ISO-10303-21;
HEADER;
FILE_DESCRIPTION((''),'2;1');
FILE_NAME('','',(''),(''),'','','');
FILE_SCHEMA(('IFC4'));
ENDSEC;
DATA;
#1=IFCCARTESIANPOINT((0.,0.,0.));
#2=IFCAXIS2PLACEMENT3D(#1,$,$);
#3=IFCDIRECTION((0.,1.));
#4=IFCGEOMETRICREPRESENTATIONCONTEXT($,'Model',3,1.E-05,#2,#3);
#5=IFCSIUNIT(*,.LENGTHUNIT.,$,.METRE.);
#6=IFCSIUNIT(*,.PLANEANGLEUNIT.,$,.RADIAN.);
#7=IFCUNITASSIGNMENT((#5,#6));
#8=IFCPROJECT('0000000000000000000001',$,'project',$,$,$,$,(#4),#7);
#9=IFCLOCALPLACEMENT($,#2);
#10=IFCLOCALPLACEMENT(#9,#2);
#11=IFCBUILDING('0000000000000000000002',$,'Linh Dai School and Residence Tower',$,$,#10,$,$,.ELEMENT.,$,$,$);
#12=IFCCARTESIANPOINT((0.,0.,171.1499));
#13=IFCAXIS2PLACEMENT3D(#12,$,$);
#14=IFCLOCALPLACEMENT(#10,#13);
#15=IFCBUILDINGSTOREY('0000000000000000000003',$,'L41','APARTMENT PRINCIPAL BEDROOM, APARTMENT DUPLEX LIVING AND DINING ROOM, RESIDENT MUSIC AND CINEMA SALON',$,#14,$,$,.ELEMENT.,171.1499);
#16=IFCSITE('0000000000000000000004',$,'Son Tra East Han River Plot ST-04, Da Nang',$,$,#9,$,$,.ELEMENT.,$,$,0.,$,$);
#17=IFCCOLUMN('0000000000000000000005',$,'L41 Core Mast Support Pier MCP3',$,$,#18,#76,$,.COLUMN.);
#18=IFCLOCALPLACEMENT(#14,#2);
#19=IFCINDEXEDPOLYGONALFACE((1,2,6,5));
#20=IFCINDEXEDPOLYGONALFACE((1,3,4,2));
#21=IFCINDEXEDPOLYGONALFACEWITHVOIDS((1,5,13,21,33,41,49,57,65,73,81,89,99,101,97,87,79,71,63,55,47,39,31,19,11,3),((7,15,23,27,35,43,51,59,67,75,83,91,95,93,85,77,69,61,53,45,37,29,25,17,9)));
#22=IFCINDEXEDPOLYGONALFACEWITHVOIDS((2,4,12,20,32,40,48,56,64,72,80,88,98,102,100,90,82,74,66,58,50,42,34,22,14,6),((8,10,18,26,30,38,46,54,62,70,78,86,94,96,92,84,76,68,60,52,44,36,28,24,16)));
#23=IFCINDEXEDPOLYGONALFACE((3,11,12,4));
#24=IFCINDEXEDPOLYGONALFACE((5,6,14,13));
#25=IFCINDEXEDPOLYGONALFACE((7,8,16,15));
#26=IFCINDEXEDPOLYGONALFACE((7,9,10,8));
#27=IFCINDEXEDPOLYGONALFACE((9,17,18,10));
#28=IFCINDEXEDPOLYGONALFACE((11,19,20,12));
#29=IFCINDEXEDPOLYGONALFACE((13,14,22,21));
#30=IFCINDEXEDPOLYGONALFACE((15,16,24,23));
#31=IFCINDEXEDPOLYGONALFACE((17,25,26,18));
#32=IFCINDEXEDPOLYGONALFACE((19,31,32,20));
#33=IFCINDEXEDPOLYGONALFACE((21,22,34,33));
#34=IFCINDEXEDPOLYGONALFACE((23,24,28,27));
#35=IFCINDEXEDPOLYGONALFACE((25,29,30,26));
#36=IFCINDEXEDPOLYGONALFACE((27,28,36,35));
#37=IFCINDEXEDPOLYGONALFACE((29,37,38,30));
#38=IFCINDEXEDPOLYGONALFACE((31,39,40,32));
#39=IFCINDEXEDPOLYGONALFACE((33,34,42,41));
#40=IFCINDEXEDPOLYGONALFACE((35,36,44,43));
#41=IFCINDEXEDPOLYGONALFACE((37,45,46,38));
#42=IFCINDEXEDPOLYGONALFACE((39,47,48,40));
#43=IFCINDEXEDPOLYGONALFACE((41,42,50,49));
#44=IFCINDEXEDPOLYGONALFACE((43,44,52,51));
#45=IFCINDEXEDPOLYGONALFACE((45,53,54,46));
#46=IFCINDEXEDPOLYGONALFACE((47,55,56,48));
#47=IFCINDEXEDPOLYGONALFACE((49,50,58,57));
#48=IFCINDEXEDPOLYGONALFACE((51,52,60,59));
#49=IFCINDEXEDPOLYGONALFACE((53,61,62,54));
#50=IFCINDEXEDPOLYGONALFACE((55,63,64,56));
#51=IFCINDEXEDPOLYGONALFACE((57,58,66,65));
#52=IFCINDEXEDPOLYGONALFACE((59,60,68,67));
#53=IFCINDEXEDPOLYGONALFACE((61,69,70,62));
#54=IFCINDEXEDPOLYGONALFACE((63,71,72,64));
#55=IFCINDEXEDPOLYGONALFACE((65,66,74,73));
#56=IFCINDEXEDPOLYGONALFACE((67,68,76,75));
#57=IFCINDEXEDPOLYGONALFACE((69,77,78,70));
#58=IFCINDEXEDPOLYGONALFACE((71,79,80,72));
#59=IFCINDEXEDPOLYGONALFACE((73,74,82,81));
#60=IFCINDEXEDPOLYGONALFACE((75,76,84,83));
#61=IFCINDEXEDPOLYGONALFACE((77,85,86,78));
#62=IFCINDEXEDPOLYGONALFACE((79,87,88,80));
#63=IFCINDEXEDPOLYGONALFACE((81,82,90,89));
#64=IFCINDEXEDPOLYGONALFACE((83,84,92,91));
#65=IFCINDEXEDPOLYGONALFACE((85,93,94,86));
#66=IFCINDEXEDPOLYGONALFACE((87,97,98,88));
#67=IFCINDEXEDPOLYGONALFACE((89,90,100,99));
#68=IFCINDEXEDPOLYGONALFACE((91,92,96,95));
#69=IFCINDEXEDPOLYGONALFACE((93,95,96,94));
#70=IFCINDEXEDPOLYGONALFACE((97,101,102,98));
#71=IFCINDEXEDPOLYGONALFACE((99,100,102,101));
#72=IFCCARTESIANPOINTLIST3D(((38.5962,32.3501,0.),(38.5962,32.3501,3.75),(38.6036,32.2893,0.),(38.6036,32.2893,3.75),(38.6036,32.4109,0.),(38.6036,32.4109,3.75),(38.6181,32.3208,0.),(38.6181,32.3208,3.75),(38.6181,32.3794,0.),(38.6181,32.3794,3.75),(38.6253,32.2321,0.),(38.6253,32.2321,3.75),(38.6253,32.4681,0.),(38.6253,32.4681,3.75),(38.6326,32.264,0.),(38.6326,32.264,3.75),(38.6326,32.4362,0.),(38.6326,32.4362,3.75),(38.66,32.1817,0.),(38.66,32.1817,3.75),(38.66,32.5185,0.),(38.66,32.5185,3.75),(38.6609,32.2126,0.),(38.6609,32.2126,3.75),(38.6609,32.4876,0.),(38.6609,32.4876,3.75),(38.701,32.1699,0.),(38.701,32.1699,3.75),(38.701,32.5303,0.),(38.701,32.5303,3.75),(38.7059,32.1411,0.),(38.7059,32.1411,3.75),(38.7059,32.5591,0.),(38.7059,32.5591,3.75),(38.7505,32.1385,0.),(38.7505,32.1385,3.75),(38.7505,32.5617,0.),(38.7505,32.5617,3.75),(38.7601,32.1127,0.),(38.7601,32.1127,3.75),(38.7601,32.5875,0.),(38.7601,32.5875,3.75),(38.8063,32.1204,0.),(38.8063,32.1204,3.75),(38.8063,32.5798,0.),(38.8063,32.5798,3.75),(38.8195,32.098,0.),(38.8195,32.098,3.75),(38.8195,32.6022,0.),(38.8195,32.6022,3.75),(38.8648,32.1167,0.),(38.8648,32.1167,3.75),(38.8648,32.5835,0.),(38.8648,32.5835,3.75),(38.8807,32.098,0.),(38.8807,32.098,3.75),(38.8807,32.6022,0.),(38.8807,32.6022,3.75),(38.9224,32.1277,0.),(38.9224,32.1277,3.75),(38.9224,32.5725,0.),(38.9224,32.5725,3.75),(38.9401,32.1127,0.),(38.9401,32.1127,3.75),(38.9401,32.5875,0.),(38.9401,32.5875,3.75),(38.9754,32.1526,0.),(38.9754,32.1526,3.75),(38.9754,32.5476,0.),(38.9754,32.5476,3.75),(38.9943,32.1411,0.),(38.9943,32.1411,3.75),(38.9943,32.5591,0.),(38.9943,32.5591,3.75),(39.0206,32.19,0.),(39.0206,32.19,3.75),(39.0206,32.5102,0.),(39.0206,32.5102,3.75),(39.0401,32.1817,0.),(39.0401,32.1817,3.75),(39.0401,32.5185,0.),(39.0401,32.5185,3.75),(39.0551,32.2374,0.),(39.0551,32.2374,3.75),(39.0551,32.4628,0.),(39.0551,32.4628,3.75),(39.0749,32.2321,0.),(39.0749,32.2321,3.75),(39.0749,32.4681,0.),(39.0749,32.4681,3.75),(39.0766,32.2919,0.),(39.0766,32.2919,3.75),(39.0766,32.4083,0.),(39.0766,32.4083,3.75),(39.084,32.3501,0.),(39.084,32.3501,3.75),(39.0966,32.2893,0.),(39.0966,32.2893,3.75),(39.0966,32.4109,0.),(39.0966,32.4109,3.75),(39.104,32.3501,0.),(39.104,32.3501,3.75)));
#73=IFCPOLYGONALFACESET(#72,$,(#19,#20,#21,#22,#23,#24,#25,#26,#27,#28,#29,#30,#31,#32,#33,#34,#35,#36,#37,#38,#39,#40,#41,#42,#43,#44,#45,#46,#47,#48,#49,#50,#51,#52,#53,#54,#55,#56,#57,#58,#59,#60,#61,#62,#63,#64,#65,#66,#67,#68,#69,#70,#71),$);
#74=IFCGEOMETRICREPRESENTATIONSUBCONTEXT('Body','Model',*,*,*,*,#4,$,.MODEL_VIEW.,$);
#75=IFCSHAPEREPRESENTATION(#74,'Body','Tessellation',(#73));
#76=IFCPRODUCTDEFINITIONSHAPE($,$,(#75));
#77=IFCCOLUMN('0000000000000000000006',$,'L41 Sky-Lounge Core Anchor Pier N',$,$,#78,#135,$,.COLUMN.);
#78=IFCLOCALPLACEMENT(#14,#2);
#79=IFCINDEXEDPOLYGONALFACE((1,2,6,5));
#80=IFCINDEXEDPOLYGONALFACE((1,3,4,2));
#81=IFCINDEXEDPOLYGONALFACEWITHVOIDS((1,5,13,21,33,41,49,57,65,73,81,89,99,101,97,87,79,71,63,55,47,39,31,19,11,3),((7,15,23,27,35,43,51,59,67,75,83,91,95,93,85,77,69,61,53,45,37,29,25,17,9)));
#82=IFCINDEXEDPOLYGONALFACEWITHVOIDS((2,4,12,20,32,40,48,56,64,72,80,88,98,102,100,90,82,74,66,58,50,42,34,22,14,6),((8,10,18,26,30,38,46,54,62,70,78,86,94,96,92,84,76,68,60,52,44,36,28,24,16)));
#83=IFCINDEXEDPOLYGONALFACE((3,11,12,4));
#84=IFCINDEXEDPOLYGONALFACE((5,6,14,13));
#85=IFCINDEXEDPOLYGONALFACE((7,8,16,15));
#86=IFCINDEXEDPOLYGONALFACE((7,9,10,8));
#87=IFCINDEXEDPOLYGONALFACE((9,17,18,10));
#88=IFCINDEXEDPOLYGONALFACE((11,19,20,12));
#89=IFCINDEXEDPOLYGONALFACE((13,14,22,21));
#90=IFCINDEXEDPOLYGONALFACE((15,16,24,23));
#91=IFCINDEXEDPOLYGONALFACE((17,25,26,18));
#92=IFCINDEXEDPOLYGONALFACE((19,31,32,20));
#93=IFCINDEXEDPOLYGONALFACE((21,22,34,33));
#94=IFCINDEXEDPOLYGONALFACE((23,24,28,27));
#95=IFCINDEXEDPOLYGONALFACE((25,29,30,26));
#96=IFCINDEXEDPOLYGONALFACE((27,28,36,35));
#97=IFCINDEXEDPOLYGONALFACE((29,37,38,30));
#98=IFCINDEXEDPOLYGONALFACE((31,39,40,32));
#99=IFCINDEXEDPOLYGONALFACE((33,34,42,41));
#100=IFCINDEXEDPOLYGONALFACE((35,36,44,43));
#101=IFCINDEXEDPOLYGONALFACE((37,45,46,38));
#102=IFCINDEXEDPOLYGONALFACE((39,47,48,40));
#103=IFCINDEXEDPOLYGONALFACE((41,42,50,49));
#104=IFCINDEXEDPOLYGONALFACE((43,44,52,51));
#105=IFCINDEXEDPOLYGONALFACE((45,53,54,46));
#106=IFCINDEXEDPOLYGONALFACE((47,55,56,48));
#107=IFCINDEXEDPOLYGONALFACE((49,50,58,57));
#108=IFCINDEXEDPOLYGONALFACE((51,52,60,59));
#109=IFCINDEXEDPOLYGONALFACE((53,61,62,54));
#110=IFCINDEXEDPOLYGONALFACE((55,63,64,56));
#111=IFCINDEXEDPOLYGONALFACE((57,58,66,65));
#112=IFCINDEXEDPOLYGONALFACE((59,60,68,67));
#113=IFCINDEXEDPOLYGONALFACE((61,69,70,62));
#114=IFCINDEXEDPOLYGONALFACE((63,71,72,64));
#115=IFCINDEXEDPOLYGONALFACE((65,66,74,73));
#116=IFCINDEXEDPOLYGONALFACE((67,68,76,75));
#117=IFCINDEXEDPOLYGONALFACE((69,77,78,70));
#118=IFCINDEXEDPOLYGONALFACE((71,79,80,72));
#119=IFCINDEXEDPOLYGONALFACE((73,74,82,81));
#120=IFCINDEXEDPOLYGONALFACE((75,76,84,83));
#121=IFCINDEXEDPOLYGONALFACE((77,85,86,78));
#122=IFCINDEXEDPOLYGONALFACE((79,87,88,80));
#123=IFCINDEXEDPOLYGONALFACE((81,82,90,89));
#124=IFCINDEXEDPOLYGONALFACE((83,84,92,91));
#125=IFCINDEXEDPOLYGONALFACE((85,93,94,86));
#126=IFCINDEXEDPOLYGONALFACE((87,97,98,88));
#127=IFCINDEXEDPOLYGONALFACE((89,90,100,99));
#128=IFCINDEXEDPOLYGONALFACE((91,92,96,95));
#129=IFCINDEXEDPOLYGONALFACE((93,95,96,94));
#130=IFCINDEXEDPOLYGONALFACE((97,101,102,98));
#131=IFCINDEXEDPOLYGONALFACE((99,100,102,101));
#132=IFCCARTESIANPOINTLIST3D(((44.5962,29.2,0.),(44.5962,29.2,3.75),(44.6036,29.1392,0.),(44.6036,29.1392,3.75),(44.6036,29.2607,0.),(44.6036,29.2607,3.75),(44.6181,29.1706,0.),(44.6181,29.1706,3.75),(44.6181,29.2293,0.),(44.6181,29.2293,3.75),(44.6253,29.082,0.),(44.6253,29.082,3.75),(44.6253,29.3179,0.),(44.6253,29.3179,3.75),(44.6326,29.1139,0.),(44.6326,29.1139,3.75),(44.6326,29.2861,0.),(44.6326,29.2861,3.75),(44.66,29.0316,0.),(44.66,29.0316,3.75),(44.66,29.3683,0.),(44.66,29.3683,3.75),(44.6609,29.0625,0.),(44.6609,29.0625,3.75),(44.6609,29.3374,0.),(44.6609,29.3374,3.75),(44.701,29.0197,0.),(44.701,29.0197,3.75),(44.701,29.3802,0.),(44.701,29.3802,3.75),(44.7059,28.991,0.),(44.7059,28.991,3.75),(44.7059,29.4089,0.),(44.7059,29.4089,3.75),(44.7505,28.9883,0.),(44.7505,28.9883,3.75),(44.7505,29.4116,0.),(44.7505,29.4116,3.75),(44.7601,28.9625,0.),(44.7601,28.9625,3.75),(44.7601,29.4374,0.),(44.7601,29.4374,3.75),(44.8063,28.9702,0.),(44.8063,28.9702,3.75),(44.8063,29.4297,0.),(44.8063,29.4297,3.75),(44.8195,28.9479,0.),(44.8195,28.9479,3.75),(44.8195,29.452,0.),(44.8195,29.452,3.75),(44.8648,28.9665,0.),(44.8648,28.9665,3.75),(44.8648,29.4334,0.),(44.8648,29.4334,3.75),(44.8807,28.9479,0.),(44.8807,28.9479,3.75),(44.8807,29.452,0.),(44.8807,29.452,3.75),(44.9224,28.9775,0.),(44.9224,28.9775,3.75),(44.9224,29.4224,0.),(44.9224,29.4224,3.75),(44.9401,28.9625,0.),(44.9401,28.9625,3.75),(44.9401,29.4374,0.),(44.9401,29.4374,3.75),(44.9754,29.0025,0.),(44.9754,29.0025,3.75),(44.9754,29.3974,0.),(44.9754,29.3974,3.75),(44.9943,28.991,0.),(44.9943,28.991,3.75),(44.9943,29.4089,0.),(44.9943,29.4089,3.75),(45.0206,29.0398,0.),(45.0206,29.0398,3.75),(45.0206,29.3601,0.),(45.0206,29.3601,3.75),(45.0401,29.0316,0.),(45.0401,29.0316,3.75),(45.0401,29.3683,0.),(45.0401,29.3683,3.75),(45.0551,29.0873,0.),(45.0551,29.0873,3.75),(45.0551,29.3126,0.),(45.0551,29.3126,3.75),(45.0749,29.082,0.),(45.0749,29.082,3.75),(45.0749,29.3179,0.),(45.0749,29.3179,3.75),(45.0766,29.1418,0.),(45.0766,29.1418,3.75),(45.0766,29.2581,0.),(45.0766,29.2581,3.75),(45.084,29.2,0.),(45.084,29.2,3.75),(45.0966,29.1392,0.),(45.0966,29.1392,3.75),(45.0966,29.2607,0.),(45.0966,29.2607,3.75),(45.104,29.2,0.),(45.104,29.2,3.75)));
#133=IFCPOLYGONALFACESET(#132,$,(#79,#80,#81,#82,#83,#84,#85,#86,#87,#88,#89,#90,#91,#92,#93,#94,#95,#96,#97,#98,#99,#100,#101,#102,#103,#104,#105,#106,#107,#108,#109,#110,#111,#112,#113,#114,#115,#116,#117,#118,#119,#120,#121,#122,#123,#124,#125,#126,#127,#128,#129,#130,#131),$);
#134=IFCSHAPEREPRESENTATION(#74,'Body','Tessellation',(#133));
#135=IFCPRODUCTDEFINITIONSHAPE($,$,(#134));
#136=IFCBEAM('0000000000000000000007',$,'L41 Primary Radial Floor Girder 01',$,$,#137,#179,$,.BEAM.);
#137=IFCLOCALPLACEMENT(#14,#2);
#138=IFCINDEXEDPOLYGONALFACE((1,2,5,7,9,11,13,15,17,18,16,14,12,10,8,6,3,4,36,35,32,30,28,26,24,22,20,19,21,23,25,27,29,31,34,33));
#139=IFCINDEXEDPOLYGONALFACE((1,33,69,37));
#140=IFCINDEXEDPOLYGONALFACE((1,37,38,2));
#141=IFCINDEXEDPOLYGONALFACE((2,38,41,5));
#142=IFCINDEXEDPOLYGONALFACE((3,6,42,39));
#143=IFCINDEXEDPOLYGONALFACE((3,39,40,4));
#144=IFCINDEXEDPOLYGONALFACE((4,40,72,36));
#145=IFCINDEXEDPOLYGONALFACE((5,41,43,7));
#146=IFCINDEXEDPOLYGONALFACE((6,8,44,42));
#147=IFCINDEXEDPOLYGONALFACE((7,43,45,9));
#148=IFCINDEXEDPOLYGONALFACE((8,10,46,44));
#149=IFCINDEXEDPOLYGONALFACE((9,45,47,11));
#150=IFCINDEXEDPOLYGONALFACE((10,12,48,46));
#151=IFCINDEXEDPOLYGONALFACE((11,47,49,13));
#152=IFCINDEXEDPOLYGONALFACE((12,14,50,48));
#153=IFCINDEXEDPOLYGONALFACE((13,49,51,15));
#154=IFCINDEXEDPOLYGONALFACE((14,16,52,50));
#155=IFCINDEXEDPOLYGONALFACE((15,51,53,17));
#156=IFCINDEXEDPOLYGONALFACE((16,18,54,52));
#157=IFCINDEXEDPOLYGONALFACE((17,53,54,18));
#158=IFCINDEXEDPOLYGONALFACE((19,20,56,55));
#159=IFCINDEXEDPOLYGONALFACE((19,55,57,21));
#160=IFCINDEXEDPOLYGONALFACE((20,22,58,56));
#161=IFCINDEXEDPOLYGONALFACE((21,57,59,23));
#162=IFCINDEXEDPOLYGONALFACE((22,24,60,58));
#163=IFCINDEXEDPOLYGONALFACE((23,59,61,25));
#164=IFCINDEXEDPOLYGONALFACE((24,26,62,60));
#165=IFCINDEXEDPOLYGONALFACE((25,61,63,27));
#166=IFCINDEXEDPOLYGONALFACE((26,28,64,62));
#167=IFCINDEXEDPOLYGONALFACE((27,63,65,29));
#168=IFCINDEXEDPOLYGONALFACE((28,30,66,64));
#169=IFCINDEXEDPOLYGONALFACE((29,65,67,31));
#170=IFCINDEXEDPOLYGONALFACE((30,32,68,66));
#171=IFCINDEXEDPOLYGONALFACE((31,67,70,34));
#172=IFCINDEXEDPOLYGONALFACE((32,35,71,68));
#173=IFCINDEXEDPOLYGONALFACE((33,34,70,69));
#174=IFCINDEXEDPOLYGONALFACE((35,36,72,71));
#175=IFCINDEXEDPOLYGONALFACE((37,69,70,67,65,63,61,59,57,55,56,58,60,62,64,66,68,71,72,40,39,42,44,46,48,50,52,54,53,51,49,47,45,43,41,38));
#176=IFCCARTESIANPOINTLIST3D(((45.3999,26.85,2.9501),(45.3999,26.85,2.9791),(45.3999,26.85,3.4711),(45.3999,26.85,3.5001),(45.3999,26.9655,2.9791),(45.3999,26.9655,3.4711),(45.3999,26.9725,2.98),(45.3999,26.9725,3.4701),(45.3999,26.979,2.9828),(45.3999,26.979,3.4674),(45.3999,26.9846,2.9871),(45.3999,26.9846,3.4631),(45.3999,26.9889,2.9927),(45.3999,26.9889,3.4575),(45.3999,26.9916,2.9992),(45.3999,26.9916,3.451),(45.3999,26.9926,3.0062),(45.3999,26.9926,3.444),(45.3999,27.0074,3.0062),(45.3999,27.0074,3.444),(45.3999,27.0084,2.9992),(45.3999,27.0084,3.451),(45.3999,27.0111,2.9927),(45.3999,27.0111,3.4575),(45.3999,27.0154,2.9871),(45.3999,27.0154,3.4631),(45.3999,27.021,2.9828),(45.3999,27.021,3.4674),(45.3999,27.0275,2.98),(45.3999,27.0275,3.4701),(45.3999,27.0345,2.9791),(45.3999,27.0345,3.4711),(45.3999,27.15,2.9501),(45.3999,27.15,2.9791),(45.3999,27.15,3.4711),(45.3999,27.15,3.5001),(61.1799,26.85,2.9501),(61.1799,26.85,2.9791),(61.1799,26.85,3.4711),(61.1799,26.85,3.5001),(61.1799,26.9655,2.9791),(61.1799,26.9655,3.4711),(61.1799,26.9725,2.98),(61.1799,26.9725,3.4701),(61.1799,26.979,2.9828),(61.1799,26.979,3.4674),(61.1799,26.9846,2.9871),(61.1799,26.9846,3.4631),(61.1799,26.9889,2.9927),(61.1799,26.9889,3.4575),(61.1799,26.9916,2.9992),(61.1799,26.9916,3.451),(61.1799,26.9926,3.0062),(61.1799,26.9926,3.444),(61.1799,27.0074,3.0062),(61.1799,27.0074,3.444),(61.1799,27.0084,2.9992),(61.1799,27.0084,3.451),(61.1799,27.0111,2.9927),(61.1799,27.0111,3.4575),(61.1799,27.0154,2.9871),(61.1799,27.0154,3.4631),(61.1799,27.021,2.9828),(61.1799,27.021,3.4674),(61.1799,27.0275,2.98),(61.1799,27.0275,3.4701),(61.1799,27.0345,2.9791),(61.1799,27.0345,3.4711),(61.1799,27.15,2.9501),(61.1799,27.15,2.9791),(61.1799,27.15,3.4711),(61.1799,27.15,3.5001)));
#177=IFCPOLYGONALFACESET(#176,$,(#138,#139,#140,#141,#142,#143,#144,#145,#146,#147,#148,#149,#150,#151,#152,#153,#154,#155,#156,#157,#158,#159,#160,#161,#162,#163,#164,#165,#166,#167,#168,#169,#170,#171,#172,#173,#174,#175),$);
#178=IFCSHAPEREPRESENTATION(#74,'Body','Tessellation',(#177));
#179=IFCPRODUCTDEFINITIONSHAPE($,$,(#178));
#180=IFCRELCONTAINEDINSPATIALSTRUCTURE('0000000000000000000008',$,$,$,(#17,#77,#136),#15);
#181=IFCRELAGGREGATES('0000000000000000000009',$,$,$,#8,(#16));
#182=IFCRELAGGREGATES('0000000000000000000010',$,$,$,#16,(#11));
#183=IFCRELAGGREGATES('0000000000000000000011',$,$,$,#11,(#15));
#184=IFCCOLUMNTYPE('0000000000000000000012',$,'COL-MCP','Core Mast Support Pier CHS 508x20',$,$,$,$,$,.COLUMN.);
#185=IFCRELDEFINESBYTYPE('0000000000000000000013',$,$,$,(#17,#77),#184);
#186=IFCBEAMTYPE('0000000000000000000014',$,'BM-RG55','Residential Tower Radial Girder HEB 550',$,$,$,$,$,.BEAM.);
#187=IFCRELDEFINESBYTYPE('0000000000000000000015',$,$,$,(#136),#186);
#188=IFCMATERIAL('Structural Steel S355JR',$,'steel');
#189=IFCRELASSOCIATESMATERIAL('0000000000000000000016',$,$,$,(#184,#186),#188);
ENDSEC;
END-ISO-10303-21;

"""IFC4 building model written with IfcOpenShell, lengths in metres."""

from ifc_helpers import new_model, si_unit, direction, frame, origin, origin_2d, place, context, subcontext, project, spatial, hollow_circle, i_section, extrude, material, material_profile, profile_set, type_object, element, save


model = new_model("IFC4")

# Units and contexts
model_context = context("Model", 3, precision=1e-05, world=origin(), true_north=direction((0.0, 1.0)))
body_context = subcontext(model_context, "Body", "Model", "MODEL_VIEW")
ifc_project = project(units=[si_unit("LENGTHUNIT", "METRE"), si_unit("PLANEANGLEUNIT", "RADIAN")], contexts=[model_context])

# Site, building, storey
site_placement = place(None, origin())
site = spatial("IfcSite", under=ifc_project, at=site_placement, Name="Son Tra East Han River Plot ST-04, Da Nang", CompositionType="ELEMENT", RefElevation=0.0)
building_placement = place(site_placement, origin())
building = spatial("IfcBuilding", under=site, at=building_placement, Name="Linh Dai School and Residence Tower", CompositionType="ELEMENT")
storey_placement = place(building_placement, frame((0.0, 0.0, 171.1499)))
storey = spatial("IfcBuildingStorey", under=building, at=storey_placement, Name="L41", Description="APARTMENT PRINCIPAL BEDROOM, APARTMENT DUPLEX LIVING AND DINING ROOM, RESIDENT MUSIC AND CINEMA SALON", CompositionType="ELEMENT", Elevation=171.1499)

# Columns
ifc_material_1 = material(Name="Structural Steel S355JR", Category="steel")
ifc_material_profile_1 = material_profile(ifc_material_1, hollow_circle(Radius=0.2539, WallThickness=0.02, at=origin_2d()), Name="CHS 508x20")
ifc_profile_set_1 = profile_set([ifc_material_profile_1], Name="Structural Steel S355JR")
column_type_1 = type_object("IfcColumnType", Name="COL-MCP", Description="Core Mast Support Pier CHS 508x20", PredefinedType="COLUMN", material=ifc_profile_set_1)
for number, where, z_axis, x_axis, name in (
    (1, (38.8501, 32.3501, 0.0), (0.0, 0.0, 1.0), (1.0, 0.0, 0.0), "L41 Core Mast Support Pier MCP3"),
    (2, (44.8501, 29.2, 0.0), (0.0, 0.0, 1.0), (1.0, 0.0, 0.0), "L41 Sky-Lounge Core Anchor Pier N"),
):
    element("IfcColumn", number, at=place(storey_placement, frame(where, z_axis=z_axis, x_axis=x_axis)), inside=storey, type_object=column_type_1, Name=name, PredefinedType="COLUMN", context=body_context, shape_type="SweptSolid", body=[
        extrude(hollow_circle(Radius=0.2539, WallThickness=0.02, at=origin_2d()), origin(), (0.0, 0.0, 1.0), 3.75),
    ])

# Beam
ifc_material_profile_2 = material_profile(ifc_material_1, i_section(OverallWidth=0.3, OverallDepth=0.55, WebThickness=0.0149, FlangeThickness=0.0291, FilletRadius=0.0271, at=origin_2d()), Name="HEB 550")
ifc_profile_set_2 = profile_set([ifc_material_profile_2], Name="Structural Steel S355JR")
beam_type_1 = type_object("IfcBeamType", Name="BM-RG55", Description="Residential Tower Radial Girder HEB 550", PredefinedType="BEAM", material=ifc_profile_set_2)
beam_1_placement = place(storey_placement, frame((45.3999, 27.0, 3.2251), z_axis=(1.0, 0.0, 0.0), x_axis=(0.0, 1.0, 0.0)))
element("IfcBeam", 3, at=beam_1_placement, inside=storey, type_object=beam_type_1, Name="L41 Primary Radial Floor Girder 01", PredefinedType="BEAM", context=body_context, shape_type="SweptSolid", body=[
    extrude(i_section(OverallWidth=0.3, OverallDepth=0.55, WebThickness=0.0149, FlangeThickness=0.0291, FilletRadius=0.0271, at=origin_2d()), origin(), (0.0, 0.0, 1.0), 15.78),
])

save(model, "model.ifc")
